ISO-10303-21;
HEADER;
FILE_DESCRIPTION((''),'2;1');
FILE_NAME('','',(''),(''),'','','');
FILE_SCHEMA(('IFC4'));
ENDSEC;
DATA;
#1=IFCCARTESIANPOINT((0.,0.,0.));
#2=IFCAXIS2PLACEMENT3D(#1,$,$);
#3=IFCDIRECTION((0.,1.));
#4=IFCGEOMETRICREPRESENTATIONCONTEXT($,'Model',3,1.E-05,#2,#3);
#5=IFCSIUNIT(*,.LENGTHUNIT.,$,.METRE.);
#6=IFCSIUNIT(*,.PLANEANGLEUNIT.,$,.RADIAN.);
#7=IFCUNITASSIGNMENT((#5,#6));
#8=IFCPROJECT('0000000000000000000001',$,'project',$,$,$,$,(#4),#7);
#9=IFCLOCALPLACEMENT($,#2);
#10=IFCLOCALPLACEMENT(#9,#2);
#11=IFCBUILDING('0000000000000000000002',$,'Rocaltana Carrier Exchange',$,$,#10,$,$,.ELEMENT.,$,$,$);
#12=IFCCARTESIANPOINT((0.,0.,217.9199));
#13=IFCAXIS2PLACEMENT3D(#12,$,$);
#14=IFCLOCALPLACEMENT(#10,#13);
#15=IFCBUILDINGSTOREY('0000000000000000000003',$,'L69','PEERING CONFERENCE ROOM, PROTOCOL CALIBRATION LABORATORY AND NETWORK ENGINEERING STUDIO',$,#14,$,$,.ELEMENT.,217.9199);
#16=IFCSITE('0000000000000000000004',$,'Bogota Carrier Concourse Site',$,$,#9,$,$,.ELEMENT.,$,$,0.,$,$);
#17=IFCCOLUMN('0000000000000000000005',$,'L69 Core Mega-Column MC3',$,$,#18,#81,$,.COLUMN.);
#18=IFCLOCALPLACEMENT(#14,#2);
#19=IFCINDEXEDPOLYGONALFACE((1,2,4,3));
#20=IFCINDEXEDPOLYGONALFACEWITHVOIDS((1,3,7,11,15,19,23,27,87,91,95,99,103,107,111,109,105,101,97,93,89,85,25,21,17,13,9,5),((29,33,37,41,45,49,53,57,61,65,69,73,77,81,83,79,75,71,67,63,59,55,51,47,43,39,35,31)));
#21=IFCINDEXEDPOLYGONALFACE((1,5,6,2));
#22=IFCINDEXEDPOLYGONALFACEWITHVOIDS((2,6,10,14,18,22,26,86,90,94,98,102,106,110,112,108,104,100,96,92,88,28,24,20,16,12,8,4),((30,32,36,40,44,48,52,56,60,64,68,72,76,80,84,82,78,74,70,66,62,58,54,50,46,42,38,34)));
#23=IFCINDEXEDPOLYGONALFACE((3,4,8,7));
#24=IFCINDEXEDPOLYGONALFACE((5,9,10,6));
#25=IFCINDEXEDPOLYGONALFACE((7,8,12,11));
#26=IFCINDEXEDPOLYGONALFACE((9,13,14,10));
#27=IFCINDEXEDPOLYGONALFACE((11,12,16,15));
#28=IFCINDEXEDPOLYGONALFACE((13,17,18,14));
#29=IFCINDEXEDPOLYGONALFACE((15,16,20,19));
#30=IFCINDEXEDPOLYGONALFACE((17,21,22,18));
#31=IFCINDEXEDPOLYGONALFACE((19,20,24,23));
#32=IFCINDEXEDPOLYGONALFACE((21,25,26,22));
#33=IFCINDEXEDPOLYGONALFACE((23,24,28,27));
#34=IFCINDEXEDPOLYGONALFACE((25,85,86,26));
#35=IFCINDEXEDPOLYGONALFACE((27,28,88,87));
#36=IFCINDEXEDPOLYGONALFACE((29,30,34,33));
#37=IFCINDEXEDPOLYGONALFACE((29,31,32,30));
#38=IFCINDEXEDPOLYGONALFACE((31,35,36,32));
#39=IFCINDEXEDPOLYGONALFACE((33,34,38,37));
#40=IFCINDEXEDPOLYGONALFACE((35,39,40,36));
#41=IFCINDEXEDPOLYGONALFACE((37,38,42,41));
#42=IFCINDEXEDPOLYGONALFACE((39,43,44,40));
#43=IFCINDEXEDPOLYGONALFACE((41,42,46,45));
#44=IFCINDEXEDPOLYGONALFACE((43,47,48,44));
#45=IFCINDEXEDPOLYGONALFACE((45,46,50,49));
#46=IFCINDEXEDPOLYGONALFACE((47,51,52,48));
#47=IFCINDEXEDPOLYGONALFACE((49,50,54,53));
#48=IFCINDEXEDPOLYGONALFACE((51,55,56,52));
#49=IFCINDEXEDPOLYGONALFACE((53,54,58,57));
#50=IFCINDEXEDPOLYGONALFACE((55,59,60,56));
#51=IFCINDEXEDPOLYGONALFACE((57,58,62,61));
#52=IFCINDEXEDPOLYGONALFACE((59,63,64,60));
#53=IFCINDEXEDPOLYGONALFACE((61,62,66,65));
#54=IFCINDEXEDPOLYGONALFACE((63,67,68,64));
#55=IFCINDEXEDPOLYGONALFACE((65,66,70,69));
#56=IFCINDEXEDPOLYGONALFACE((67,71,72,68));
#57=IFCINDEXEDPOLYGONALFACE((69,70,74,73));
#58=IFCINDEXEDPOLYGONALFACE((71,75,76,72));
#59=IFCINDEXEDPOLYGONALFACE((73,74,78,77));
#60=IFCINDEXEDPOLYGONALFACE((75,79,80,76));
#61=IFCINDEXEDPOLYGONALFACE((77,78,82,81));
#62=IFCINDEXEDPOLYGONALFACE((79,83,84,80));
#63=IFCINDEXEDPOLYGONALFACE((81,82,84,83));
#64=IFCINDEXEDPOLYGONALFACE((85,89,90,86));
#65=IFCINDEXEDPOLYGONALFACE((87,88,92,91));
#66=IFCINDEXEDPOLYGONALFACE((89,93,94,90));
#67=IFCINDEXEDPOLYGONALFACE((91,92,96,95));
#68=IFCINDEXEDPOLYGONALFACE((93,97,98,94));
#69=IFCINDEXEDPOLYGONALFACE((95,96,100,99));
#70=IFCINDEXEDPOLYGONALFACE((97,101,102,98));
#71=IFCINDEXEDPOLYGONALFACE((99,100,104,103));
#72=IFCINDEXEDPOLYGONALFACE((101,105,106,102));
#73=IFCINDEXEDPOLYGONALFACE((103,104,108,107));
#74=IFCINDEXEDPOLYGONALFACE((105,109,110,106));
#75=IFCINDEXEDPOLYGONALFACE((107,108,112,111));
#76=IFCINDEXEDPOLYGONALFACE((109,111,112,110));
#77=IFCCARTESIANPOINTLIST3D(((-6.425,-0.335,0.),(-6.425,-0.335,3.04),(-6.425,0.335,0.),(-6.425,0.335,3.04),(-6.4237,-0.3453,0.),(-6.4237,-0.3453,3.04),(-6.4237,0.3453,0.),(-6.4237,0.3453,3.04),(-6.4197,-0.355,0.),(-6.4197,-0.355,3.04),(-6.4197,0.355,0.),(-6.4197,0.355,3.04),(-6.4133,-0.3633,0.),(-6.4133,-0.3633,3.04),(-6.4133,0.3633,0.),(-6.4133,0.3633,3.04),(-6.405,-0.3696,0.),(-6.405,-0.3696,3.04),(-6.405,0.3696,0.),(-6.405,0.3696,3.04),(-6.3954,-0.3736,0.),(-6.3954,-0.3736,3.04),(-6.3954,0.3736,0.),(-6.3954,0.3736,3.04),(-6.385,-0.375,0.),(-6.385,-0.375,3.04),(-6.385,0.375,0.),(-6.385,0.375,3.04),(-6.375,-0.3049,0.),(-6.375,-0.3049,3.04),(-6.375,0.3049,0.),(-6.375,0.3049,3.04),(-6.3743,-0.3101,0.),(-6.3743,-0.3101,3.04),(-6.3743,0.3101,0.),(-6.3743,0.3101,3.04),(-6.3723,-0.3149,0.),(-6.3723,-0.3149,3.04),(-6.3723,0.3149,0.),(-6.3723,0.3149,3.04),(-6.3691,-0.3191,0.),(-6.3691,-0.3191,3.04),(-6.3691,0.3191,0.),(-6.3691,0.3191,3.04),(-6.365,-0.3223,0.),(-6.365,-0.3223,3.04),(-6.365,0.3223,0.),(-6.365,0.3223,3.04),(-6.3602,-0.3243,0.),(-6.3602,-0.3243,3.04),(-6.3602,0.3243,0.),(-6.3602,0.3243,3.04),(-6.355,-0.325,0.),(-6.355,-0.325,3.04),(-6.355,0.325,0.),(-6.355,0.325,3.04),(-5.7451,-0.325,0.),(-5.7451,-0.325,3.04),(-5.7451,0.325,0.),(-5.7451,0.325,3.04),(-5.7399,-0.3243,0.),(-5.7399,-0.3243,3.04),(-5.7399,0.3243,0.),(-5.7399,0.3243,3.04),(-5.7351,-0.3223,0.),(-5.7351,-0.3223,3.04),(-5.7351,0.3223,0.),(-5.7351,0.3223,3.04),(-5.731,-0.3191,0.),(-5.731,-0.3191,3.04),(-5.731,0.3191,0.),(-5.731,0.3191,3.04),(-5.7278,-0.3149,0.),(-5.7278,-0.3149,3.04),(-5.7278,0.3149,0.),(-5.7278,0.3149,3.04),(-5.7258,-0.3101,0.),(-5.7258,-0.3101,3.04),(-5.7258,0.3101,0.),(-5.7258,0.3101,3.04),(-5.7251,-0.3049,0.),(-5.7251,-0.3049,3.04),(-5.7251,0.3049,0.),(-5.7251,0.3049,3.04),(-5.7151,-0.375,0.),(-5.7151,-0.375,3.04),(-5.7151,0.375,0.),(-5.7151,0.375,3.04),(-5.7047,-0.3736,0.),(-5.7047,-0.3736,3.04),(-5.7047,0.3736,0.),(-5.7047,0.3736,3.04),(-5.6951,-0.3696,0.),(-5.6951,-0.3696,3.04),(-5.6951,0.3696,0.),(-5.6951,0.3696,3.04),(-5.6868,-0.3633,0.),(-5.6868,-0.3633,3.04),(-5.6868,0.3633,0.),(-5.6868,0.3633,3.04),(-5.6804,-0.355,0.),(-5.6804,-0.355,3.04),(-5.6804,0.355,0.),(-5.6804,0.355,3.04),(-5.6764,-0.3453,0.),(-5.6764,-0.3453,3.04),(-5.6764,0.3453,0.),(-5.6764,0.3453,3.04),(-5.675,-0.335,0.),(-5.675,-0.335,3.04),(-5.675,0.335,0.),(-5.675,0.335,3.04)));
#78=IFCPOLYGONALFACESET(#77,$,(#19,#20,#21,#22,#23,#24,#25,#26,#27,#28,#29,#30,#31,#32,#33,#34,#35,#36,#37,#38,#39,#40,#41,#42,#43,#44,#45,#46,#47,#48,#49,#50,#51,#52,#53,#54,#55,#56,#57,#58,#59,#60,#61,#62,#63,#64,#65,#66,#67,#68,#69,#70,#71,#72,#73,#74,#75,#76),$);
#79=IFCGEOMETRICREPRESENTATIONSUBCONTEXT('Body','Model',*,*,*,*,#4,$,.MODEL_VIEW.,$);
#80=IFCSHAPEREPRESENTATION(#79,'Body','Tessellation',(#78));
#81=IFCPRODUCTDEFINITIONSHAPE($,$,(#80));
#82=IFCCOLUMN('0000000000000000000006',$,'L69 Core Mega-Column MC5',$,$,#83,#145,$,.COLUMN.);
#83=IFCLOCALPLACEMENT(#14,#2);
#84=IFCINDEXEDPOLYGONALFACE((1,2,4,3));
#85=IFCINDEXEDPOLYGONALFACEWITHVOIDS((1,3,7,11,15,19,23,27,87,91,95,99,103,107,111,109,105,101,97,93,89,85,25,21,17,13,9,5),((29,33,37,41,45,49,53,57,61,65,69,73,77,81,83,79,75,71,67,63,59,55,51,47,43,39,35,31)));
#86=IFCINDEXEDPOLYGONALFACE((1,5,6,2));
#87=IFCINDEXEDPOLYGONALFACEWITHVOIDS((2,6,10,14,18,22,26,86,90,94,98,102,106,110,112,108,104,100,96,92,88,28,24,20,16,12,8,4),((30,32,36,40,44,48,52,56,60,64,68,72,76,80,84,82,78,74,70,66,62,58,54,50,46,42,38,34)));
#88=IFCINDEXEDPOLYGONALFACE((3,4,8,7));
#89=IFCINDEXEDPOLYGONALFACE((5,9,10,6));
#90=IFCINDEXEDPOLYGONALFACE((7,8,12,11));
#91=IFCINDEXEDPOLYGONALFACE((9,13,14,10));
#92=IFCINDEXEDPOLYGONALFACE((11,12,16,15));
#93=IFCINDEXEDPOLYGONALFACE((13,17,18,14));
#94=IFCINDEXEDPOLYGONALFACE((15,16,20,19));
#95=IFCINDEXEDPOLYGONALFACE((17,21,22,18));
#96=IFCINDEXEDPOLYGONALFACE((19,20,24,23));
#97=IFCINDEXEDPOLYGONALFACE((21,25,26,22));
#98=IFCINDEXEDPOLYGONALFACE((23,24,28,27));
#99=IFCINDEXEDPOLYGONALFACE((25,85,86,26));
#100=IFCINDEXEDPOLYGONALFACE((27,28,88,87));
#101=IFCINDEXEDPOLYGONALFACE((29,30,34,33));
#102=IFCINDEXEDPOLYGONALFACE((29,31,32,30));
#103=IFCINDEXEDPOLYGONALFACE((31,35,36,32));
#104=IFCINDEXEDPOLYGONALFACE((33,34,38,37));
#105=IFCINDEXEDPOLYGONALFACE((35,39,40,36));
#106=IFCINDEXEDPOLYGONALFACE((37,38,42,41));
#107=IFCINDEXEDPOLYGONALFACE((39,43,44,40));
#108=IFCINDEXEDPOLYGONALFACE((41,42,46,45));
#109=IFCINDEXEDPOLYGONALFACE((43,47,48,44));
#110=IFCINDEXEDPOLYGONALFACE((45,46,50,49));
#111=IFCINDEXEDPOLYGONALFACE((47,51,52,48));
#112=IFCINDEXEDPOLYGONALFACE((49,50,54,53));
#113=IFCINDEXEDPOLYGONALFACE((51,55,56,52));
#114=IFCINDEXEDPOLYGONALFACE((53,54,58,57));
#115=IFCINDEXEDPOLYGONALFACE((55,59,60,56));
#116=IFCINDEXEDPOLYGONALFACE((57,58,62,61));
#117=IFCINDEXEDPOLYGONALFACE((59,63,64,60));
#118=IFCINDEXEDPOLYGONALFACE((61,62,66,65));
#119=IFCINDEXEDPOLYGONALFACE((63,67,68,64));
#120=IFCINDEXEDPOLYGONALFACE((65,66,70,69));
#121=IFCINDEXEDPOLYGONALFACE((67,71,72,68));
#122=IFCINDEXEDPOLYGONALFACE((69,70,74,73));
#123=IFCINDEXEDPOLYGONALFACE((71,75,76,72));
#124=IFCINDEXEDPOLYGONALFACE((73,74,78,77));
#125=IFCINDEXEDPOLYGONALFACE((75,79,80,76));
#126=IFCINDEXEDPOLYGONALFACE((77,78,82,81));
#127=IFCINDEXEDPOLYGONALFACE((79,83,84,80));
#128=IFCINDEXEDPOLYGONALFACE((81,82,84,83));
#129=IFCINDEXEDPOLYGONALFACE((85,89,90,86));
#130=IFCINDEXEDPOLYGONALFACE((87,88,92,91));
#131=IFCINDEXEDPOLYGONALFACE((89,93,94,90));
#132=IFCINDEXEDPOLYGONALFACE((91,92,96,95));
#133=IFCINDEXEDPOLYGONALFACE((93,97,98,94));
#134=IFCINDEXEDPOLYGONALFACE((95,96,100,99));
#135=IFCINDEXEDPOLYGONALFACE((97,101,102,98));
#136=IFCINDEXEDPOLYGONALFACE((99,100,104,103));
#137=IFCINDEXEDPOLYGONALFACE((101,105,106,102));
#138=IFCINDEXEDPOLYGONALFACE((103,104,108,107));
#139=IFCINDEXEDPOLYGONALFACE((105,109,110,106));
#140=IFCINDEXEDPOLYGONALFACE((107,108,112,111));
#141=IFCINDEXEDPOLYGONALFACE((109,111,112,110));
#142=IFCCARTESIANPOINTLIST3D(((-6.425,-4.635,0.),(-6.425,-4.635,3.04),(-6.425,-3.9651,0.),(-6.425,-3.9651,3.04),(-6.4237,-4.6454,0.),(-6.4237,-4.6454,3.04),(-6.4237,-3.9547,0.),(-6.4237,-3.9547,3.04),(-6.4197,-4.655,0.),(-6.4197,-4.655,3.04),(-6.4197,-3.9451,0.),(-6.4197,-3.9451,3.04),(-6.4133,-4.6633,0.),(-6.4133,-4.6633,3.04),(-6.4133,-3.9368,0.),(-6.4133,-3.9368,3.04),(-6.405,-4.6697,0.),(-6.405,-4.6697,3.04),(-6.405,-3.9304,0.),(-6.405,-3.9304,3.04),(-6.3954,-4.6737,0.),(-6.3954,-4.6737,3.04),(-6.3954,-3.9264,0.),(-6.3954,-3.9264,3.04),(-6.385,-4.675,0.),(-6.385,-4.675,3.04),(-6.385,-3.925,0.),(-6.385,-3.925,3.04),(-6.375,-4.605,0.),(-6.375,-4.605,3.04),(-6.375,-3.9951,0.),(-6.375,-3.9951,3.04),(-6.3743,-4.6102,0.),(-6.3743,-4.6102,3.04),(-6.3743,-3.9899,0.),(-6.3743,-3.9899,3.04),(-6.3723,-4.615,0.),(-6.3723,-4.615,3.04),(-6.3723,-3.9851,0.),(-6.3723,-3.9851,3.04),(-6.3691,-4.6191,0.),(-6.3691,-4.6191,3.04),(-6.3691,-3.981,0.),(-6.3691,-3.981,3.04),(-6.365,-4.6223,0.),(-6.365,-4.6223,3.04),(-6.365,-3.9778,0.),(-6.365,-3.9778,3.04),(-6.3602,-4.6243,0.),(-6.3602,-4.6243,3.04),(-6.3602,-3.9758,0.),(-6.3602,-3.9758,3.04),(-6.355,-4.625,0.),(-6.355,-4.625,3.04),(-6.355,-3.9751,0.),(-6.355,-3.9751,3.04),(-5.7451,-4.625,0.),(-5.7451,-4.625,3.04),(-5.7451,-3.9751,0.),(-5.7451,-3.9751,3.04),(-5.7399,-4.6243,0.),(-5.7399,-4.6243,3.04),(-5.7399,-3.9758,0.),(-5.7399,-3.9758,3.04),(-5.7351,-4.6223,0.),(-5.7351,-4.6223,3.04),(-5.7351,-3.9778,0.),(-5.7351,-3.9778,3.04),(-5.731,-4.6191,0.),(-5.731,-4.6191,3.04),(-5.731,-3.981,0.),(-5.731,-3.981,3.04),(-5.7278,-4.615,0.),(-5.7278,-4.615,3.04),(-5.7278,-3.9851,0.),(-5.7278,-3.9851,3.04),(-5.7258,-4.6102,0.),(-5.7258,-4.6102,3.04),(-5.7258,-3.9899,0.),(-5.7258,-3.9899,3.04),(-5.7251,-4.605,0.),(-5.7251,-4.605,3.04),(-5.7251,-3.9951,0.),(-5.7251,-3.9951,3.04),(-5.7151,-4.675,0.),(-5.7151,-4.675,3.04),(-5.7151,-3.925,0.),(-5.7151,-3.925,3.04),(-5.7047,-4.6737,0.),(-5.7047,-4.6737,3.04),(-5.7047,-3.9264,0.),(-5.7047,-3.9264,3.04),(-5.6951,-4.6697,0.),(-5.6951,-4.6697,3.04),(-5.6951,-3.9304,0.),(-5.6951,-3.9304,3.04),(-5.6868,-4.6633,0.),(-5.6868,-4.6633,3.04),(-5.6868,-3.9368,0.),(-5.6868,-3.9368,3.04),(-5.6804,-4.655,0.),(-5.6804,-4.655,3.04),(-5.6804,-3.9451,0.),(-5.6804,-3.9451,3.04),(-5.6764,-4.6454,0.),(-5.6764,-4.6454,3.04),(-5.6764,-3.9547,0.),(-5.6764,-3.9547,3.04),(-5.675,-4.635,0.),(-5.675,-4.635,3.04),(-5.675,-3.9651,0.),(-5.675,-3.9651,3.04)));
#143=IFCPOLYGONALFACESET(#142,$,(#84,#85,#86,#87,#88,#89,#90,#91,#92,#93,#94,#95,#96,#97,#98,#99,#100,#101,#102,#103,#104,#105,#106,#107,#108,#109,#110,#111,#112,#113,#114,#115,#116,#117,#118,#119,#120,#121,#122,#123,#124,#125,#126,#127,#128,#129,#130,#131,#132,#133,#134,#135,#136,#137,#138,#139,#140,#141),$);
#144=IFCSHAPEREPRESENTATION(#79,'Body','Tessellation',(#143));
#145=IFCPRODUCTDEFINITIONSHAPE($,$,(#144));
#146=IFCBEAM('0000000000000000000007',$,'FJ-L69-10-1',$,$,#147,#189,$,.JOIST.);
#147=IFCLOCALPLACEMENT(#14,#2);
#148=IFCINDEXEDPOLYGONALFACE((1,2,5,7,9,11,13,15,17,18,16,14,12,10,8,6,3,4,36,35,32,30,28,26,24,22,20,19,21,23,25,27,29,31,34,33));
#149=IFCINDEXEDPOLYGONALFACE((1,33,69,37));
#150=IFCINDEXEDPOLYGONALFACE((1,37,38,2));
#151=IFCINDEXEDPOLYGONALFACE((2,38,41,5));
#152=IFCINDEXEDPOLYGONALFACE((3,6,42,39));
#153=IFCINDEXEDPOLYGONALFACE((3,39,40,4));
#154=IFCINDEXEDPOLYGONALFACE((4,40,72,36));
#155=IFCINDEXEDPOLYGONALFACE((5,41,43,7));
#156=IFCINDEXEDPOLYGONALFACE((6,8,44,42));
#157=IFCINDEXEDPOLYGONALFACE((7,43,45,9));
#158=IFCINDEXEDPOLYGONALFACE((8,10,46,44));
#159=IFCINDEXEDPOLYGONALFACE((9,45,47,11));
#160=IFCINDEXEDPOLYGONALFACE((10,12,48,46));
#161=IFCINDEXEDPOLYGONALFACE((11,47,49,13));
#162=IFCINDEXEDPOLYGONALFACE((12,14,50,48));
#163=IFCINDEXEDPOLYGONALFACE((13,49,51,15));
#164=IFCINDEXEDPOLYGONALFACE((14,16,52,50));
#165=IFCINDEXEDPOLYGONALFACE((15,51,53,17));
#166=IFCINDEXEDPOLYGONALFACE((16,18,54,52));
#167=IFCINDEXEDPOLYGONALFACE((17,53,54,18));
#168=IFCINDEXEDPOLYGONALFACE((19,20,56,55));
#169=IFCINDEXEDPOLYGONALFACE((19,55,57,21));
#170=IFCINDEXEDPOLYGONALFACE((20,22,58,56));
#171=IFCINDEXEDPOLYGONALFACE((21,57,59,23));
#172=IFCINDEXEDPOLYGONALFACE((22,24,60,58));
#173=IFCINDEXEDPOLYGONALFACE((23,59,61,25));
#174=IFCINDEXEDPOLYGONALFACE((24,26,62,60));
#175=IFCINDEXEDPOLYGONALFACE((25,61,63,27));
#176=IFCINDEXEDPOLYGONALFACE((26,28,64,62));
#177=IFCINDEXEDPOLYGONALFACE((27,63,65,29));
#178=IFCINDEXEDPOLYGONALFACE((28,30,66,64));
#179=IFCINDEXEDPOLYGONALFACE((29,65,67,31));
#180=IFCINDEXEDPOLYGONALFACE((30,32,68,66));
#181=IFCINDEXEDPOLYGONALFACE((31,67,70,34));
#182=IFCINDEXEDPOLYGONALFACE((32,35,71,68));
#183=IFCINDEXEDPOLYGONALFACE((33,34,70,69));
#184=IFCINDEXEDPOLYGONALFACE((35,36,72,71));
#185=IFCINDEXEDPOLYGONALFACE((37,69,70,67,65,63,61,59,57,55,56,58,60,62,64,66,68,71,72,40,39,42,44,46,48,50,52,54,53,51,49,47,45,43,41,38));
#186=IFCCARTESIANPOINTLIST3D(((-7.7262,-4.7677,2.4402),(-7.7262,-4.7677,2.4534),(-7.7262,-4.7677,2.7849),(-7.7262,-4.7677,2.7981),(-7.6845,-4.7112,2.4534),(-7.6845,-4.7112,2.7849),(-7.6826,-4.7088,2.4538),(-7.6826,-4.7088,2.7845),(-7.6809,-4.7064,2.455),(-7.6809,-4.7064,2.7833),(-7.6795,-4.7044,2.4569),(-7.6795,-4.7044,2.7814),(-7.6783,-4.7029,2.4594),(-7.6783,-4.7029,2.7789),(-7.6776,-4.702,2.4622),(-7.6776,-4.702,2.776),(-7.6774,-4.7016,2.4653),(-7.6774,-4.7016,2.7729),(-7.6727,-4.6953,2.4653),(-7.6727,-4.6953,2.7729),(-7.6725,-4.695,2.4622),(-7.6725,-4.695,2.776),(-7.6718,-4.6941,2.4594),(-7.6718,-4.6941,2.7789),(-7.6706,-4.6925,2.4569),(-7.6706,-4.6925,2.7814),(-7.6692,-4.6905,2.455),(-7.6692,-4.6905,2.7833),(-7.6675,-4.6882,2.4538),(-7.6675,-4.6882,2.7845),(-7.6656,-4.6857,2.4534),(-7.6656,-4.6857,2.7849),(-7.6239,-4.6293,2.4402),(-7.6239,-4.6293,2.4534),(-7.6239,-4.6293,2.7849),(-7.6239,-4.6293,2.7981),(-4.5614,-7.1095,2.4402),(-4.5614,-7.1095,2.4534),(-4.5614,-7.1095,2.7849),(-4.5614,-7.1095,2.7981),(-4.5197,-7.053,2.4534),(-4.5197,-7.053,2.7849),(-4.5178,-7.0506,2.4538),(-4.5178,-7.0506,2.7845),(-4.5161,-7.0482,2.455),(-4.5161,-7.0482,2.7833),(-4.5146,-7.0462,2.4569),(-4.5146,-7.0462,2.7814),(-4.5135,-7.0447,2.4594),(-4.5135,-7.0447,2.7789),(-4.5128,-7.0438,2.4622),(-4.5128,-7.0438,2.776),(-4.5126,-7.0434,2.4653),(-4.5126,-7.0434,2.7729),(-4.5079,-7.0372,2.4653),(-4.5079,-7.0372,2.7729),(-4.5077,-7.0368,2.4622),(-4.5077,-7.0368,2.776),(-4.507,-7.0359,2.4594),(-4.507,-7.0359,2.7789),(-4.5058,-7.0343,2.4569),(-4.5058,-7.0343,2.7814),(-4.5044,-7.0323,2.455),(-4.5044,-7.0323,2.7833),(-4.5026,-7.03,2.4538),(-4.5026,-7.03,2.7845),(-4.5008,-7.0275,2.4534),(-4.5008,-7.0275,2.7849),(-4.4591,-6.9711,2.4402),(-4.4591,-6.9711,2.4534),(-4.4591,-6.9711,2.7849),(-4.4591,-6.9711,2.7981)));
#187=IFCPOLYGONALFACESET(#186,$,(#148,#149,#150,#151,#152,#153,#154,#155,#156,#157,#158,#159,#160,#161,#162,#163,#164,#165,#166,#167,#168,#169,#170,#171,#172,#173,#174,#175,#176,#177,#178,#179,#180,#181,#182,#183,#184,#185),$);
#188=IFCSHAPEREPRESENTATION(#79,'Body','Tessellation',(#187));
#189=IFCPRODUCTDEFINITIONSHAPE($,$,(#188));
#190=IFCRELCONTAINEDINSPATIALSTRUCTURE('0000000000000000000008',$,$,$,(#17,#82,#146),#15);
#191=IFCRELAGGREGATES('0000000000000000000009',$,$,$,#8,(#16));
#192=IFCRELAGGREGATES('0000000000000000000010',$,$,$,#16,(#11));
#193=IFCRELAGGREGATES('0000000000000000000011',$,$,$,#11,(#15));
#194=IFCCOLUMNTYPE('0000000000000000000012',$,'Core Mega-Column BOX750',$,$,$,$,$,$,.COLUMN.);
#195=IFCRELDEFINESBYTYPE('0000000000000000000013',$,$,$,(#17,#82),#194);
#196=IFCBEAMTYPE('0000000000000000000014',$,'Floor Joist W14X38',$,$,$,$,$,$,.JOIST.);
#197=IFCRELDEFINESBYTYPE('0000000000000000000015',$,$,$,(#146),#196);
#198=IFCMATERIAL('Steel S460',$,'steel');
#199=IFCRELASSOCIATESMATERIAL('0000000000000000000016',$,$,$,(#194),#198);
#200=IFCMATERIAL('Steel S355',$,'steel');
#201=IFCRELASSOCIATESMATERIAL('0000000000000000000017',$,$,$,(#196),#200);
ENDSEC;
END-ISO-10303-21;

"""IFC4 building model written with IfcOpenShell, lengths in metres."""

from ifc_helpers import new_model, si_unit, direction, frame, origin, origin_2d, place, context, subcontext, project, spatial, hollow_rectangle, i_section, extrude, material, material_profile, profile_set, type_object, element, save


model = new_model("IFC4")

# Units and contexts
model_context = context("Model", 3, precision=1e-05, world=origin(), true_north=direction((0.0, 1.0)))
body_context = subcontext(model_context, "Body", "Model", "MODEL_VIEW")
ifc_project = project(units=[si_unit("LENGTHUNIT", "METRE"), si_unit("PLANEANGLEUNIT", "RADIAN")], contexts=[model_context])

# Site, building, storey
site_placement = place(None, origin())
site = spatial("IfcSite", under=ifc_project, at=site_placement, Name="Bogota Carrier Concourse Site", CompositionType="ELEMENT", RefElevation=0.0)
building_placement = place(site_placement, origin())
building = spatial("IfcBuilding", under=site, at=building_placement, Name="Rocaltana Carrier Exchange", CompositionType="ELEMENT")
storey_placement = place(building_placement, frame((0.0, 0.0, 217.9199)))
storey = spatial("IfcBuildingStorey", under=building, at=storey_placement, Name="L69", Description="PEERING CONFERENCE ROOM, PROTOCOL CALIBRATION LABORATORY AND NETWORK ENGINEERING STUDIO", CompositionType="ELEMENT", Elevation=217.9199)

# Columns
ifc_material_1 = material(Name="Steel S460", Category="steel")
ifc_material_profile_1 = material_profile(ifc_material_1, hollow_rectangle(XDim=0.75, YDim=0.75, WallThickness=0.05, InnerFilletRadius=0.02, OuterFilletRadius=0.04, at=origin_2d()), Name="BOX750X750X50")
ifc_profile_set_1 = profile_set([ifc_material_profile_1], Name="Steel S460")
column_type = type_object("IfcColumnType", Name="Core Mega-Column BOX750", PredefinedType="COLUMN", material=ifc_profile_set_1)
for number, where, z_axis, x_axis, name in (
    (1, (-6.05, 0.0, 0.0), (0.0, 0.0, 1.0), (1.0, 0.0, 0.0), "L69 Core Mega-Column MC3"),
    (2, (-6.05, -4.3, 0.0), (0.0, 0.0, 1.0), (1.0, 0.0, 0.0), "L69 Core Mega-Column MC5"),
):
    element("IfcColumn", number, at=place(storey_placement, frame(where, z_axis=z_axis, x_axis=x_axis)), inside=storey, type_object=column_type, Name=name, PredefinedType="COLUMN", context=body_context, shape_type="SweptSolid", body=[
        extrude(hollow_rectangle(XDim=0.75, YDim=0.75, WallThickness=0.05, InnerFilletRadius=0.02, OuterFilletRadius=0.04, at=origin_2d()), origin(), (0.0, 0.0, 1.0), 3.04),
    ])

# Beam
ifc_material_2 = material(Name="Steel S355", Category="steel")
ifc_material_profile_2 = material_profile(ifc_material_2, i_section(OverallWidth=0.1721, OverallDepth=0.3579, WebThickness=0.0078, FlangeThickness=0.0132, FilletRadius=0.012, at=origin_2d()), Name="W14X38")
ifc_profile_set_2 = profile_set([ifc_material_profile_2], Name="Steel S355")
beam_type_1 = type_object("IfcBeamType", Name="Floor Joist W14X38", PredefinedType="JOIST", material=ifc_profile_set_2)
beam_1_placement = place(storey_placement, frame((-7.675, -4.6985, 2.6191), z_axis=(0.80386, -0.594818, 0.0), x_axis=(0.594818, 0.80386, 0.0)))
element("IfcBeam", 3, at=beam_1_placement, inside=storey, type_object=beam_type_1, Name="FJ-L69-10-1", PredefinedType="JOIST", context=body_context, shape_type="SweptSolid", body=[
    extrude(i_section(OverallWidth=0.1721, OverallDepth=0.3579, WebThickness=0.0078, FlangeThickness=0.0132, FilletRadius=0.012, at=origin_2d()), origin(), (0.0, 0.0, 1.0), 3.937),
])

save(model, "model.ifc")
